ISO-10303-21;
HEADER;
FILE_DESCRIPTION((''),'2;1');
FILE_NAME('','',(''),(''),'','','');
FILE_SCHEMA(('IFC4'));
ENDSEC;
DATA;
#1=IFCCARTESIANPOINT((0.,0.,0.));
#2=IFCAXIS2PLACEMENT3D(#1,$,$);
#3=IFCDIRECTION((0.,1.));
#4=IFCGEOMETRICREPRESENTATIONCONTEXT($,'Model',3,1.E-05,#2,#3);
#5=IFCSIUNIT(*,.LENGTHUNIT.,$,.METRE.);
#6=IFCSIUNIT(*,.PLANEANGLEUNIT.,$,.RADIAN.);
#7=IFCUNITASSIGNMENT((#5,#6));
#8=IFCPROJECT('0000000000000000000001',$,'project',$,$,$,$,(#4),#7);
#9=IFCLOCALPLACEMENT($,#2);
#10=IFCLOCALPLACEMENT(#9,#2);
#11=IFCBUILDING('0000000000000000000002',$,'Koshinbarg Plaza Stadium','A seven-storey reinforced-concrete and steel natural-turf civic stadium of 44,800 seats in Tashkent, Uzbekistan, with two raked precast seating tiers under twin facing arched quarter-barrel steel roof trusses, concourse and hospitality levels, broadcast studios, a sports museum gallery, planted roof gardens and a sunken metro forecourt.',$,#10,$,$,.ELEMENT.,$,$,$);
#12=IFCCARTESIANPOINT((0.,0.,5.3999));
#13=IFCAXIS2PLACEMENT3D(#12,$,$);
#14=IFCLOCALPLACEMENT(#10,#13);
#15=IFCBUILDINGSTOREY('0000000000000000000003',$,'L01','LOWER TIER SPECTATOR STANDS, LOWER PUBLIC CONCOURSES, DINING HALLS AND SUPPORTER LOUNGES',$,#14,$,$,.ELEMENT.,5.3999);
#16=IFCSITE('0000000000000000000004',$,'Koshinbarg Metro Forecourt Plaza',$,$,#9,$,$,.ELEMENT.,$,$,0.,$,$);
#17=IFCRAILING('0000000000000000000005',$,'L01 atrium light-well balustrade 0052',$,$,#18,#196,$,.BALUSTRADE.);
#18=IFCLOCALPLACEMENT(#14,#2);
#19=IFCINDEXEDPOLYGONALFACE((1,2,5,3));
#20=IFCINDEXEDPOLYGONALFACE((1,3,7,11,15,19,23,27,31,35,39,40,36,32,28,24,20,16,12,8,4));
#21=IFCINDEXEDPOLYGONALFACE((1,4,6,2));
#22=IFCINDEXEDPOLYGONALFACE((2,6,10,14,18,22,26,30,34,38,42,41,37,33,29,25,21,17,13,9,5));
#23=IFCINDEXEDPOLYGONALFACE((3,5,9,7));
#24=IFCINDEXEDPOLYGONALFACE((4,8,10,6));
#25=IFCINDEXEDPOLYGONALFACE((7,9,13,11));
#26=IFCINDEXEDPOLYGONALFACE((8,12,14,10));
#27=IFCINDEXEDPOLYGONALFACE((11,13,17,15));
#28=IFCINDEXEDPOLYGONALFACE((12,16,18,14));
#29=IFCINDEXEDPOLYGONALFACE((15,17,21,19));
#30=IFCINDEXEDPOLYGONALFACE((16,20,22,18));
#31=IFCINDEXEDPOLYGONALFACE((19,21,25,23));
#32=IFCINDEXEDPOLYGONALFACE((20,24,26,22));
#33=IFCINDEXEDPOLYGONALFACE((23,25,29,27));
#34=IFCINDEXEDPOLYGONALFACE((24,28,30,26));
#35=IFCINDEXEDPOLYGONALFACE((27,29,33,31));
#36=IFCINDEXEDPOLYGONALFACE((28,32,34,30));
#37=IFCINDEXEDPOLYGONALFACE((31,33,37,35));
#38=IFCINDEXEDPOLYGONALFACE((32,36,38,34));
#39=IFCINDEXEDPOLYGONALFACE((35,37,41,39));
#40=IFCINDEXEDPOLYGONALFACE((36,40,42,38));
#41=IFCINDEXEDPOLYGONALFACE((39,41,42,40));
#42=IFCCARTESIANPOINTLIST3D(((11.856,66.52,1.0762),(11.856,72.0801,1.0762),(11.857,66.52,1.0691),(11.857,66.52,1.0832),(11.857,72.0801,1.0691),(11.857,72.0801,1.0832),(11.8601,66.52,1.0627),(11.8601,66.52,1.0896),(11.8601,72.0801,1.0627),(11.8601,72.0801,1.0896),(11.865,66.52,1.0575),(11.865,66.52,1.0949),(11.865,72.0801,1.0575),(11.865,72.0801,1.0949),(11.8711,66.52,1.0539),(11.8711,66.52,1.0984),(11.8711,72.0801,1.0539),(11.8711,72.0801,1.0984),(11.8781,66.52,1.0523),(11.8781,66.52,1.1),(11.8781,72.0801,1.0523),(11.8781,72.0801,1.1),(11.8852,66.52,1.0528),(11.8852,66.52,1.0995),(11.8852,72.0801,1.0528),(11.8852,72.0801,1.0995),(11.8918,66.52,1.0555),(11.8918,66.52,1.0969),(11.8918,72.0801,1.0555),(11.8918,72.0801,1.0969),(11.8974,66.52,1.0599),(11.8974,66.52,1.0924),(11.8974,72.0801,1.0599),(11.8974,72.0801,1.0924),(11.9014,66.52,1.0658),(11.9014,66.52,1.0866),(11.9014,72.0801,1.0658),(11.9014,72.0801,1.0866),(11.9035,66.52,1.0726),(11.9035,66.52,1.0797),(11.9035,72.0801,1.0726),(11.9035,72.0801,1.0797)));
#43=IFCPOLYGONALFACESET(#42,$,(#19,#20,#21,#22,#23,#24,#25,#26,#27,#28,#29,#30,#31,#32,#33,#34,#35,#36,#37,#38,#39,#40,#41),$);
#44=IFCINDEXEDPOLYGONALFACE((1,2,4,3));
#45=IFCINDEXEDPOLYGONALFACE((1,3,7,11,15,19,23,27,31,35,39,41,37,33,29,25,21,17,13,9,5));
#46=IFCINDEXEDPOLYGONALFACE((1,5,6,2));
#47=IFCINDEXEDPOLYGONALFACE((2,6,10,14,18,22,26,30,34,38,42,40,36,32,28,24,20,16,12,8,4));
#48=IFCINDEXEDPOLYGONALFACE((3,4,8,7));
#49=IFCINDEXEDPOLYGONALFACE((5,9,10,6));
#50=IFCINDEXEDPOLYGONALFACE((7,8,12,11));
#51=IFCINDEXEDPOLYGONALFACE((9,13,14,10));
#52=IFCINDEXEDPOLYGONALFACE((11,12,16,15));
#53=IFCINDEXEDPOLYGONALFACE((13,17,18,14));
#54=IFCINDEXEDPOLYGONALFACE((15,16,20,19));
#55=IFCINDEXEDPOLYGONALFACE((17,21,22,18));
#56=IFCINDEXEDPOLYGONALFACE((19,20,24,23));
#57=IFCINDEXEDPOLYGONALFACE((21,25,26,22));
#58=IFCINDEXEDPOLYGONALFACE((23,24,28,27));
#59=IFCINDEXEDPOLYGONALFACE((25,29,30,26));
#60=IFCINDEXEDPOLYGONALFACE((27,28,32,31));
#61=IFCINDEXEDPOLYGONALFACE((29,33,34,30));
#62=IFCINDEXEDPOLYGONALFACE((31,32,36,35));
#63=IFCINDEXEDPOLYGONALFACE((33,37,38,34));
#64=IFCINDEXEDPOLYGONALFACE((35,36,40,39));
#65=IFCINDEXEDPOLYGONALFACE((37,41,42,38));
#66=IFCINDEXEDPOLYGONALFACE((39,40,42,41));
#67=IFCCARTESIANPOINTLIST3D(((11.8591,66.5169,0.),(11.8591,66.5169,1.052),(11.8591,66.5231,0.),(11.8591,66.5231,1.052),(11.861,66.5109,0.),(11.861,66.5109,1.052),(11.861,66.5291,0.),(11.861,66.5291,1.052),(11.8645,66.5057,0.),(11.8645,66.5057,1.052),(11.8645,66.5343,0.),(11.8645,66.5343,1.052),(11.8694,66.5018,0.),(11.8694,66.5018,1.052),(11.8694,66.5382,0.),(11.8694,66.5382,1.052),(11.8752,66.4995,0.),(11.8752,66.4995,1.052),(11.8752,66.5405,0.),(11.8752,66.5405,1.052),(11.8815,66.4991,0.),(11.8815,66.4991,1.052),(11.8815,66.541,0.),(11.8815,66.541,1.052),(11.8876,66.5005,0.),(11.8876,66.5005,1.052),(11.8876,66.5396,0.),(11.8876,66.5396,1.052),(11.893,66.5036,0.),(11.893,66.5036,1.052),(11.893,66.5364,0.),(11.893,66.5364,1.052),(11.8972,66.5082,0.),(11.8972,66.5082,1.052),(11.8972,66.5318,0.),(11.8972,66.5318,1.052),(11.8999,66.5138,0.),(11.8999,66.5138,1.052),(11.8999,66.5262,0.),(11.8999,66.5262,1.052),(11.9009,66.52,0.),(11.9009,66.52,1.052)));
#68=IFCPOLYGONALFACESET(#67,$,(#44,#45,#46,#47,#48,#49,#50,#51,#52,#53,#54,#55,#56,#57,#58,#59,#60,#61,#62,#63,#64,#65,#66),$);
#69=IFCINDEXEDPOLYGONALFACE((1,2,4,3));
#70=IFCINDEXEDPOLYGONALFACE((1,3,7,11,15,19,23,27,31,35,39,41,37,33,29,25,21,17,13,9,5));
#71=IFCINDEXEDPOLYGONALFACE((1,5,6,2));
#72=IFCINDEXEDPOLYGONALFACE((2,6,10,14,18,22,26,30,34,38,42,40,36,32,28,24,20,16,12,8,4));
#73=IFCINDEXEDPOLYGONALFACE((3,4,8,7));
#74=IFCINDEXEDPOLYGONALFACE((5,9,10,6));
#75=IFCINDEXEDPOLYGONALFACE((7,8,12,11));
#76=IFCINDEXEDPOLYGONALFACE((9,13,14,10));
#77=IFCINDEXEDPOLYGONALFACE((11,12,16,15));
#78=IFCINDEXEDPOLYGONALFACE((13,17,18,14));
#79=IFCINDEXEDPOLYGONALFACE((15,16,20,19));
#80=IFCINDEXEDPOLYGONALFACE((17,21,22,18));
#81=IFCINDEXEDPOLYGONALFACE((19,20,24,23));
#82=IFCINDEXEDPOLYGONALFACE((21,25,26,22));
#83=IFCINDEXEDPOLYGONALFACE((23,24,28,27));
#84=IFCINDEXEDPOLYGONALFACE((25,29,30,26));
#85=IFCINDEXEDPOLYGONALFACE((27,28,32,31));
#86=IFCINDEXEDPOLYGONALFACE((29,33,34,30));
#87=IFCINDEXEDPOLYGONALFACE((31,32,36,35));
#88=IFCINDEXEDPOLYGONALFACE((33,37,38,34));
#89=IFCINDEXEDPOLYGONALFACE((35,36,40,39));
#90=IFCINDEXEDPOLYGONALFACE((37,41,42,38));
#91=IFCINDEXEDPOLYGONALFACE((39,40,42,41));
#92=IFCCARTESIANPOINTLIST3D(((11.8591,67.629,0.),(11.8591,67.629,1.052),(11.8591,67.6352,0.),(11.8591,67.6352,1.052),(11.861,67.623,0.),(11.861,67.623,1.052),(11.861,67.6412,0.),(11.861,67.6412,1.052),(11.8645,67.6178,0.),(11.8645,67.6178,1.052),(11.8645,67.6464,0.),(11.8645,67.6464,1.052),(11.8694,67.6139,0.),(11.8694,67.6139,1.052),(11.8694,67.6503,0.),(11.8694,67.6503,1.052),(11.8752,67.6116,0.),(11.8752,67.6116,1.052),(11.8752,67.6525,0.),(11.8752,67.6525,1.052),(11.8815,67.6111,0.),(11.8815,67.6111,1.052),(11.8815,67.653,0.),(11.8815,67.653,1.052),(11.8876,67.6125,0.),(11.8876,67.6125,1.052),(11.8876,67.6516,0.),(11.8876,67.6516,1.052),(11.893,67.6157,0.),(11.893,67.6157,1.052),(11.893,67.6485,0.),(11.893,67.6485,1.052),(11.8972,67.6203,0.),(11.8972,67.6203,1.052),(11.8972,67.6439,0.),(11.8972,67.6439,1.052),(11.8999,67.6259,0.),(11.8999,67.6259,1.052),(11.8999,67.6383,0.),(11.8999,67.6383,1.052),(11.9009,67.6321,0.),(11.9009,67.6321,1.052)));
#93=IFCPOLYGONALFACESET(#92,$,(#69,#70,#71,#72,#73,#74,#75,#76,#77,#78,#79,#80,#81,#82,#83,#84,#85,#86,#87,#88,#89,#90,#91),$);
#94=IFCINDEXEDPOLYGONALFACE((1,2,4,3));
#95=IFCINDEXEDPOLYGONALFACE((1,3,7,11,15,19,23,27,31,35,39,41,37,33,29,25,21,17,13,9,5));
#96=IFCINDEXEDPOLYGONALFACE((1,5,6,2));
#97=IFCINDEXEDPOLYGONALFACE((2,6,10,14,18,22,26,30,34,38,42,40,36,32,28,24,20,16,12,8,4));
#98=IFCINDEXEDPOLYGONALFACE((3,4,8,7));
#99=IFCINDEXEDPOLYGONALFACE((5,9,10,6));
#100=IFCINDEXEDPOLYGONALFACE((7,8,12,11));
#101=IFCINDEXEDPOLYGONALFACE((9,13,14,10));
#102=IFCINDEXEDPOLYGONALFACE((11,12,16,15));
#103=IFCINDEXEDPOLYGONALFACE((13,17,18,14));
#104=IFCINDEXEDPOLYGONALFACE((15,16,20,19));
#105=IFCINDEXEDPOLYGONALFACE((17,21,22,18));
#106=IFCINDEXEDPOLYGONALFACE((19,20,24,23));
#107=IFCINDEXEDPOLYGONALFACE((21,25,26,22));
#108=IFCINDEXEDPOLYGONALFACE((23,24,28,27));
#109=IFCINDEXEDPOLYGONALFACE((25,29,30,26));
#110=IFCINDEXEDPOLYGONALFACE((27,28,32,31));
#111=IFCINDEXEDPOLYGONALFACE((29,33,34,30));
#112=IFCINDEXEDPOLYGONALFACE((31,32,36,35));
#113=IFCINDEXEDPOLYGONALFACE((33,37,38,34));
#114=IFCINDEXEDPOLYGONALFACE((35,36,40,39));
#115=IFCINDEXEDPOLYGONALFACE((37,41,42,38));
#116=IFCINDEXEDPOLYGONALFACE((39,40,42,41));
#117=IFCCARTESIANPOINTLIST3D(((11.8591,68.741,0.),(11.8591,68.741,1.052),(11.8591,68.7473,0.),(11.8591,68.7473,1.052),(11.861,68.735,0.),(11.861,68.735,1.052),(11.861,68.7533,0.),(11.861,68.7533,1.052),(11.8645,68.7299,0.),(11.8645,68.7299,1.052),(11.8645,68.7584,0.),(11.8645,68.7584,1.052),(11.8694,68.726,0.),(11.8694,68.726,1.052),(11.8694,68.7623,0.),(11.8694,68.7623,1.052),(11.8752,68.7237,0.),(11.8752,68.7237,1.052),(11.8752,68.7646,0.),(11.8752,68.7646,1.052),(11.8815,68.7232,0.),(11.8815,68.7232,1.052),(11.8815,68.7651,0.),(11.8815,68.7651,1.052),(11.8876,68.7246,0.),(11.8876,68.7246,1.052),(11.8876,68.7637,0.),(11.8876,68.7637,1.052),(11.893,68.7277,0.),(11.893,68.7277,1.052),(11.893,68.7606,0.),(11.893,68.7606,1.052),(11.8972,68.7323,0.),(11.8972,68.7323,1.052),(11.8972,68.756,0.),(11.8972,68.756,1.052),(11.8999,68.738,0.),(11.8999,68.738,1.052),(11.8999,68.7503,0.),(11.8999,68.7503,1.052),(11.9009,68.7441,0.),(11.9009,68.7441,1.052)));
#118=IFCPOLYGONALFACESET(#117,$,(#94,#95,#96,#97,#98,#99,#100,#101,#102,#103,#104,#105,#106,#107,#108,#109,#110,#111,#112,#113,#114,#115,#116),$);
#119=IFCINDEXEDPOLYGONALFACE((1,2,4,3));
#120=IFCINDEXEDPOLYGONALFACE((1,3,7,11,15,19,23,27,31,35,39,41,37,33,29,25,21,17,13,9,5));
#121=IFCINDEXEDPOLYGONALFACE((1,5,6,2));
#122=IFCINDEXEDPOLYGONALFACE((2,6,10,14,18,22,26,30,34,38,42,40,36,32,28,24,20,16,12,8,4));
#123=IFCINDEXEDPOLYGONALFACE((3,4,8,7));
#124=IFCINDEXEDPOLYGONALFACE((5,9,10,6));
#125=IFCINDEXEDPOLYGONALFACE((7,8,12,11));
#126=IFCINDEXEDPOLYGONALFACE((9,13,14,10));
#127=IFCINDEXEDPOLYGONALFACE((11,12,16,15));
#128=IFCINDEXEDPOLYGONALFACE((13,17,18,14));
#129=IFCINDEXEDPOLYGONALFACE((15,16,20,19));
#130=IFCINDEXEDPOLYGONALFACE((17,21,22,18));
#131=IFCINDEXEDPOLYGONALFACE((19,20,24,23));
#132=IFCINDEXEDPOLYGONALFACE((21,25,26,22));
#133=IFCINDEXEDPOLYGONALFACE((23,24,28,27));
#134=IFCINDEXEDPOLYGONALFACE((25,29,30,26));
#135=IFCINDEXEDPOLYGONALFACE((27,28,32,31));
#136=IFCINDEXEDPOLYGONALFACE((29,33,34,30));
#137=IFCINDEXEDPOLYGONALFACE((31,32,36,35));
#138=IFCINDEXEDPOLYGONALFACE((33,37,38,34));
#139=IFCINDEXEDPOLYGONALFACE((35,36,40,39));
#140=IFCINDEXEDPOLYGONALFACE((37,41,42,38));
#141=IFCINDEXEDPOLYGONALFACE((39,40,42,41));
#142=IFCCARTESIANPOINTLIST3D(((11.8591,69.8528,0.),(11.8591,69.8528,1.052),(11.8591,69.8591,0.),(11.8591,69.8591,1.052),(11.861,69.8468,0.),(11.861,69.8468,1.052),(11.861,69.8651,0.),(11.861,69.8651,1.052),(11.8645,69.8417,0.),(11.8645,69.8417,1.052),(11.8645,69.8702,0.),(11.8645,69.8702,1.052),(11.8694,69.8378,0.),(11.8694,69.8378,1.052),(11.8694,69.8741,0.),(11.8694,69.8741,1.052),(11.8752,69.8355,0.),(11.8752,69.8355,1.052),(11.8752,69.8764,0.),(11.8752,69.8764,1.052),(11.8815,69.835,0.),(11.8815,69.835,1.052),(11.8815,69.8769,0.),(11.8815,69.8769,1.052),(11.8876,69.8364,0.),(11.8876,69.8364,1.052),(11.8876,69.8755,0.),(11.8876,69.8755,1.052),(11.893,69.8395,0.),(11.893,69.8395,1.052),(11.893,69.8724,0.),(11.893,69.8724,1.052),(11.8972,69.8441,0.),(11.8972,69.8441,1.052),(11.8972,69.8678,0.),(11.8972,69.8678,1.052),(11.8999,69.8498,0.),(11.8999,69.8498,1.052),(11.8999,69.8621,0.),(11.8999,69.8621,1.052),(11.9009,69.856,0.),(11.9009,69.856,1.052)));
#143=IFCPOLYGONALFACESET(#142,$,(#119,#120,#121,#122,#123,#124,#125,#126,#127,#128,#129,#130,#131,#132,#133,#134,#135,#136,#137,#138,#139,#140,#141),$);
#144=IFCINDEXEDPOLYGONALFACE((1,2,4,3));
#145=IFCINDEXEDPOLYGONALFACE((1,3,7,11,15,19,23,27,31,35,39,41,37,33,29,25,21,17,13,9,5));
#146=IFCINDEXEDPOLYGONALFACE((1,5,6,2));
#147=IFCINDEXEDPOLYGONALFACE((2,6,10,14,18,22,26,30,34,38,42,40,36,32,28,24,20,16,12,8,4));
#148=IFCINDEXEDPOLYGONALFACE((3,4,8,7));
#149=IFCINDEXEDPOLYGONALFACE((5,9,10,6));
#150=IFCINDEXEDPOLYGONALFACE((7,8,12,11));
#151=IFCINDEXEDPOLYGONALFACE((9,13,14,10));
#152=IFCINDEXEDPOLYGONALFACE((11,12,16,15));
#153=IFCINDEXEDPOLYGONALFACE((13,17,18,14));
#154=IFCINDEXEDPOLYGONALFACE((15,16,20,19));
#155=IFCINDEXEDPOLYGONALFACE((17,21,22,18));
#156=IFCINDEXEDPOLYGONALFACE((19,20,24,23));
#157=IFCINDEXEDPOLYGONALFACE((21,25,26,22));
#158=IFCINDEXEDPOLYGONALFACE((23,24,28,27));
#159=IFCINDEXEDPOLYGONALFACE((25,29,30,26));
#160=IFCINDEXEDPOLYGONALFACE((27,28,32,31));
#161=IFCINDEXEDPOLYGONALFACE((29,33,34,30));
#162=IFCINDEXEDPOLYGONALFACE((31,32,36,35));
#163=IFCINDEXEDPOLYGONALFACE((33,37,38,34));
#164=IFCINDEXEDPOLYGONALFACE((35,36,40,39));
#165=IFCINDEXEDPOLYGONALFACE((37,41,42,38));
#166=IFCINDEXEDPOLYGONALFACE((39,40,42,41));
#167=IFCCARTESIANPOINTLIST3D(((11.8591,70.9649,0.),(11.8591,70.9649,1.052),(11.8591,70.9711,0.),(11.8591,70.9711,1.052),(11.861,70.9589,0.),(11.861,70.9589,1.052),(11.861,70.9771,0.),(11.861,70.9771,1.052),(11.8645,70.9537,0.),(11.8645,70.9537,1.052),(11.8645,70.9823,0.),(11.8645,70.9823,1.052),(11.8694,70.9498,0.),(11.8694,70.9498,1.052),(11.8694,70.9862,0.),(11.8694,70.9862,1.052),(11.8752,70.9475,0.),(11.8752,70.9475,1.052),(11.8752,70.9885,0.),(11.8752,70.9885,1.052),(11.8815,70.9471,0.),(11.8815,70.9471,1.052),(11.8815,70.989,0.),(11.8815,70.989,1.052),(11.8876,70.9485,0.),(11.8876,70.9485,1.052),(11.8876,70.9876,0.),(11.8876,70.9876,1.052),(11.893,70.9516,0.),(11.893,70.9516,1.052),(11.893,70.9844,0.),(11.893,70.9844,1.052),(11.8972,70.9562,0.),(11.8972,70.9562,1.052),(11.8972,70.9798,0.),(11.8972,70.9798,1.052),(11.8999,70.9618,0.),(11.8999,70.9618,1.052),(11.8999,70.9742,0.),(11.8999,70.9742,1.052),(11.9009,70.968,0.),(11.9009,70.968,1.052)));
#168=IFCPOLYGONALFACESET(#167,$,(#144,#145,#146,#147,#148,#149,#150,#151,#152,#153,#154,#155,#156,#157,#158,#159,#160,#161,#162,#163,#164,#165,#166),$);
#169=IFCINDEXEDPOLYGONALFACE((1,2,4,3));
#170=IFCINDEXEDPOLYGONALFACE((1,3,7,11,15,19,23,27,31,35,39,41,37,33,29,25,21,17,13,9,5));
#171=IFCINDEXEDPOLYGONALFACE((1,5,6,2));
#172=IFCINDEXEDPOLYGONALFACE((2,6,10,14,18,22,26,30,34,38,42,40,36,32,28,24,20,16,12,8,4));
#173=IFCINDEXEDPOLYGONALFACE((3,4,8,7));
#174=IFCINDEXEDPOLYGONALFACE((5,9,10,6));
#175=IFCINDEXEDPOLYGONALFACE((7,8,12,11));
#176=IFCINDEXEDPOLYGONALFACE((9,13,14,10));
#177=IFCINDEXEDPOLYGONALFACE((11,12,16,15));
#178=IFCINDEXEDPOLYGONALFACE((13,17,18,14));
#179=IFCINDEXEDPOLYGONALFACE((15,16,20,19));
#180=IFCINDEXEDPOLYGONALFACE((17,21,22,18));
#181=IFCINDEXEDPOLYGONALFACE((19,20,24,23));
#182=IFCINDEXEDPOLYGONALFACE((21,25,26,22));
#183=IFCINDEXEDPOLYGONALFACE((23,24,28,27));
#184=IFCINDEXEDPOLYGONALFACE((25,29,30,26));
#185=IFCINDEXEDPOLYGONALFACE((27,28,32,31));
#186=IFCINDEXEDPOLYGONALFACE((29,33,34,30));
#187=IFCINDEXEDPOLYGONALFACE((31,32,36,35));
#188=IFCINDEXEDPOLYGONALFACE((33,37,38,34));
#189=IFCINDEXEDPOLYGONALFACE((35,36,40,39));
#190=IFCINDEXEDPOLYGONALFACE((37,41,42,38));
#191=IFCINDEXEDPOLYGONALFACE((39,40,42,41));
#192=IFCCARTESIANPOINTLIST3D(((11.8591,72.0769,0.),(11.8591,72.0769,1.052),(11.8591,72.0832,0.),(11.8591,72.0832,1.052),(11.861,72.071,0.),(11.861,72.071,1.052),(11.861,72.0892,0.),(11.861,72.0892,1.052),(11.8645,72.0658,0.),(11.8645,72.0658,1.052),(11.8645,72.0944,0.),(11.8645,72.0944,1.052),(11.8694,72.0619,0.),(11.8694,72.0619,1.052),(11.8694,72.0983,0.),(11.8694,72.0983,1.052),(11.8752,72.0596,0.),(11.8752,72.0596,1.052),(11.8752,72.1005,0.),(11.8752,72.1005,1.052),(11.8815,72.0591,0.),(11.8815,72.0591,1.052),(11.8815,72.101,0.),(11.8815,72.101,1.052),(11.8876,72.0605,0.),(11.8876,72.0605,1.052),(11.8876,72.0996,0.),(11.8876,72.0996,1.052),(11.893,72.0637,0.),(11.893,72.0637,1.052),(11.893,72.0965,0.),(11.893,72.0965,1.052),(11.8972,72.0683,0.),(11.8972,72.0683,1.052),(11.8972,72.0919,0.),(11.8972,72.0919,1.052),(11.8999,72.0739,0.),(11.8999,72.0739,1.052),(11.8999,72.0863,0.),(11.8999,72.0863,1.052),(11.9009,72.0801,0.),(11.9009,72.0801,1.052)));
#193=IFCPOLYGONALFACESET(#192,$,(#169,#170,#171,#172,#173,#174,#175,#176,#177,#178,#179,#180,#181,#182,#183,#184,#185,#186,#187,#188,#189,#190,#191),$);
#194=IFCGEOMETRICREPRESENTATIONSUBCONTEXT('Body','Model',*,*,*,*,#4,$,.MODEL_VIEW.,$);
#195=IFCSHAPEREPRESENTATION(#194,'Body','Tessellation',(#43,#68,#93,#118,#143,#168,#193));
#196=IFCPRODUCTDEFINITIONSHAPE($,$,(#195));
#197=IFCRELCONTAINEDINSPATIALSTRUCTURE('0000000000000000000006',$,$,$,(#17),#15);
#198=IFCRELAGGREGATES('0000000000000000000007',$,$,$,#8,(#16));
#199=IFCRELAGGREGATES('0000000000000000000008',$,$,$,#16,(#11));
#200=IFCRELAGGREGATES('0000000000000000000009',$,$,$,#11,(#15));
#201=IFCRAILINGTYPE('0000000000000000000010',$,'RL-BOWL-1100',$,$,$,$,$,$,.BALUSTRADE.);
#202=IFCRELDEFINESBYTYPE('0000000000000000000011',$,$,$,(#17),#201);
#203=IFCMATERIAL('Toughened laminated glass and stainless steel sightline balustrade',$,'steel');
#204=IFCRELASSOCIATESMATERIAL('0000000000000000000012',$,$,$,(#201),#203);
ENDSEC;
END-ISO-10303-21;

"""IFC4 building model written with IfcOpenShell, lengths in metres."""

from ifc_helpers import new_model, si_unit, direction, frame, origin, origin_2d, place, context, subcontext, project, spatial, circle, extrude, material, type_object, element, save


model = new_model("IFC4")

# Units and contexts
model_context = context("Model", 3, precision=1e-05, world=origin(), true_north=direction((0.0, 1.0)))
body_context = subcontext(model_context, "Body", "Model", "MODEL_VIEW")
ifc_project = project(units=[si_unit("LENGTHUNIT", "METRE"), si_unit("PLANEANGLEUNIT", "RADIAN")], contexts=[model_context])

# Site, building, storey
site_placement = place(None, origin())
site = spatial("IfcSite", under=ifc_project, at=site_placement, Name="Koshinbarg Metro Forecourt Plaza", CompositionType="ELEMENT", RefElevation=0.0)
building_placement = place(site_placement, origin())
building = spatial("IfcBuilding", under=site, at=building_placement, Name="Koshinbarg Plaza Stadium", Description="A seven-storey reinforced-concrete and steel natural-turf civic stadium of 44,800 seats in Tashkent, Uzbekistan, with two raked precast seating tiers under twin facing arched quarter-barrel steel roof trusses, concourse and hospitality levels, broadcast studios, a sports museum gallery, planted roof gardens and a sunken metro forecourt.", CompositionType="ELEMENT")
storey_placement = place(building_placement, frame((0.0, 0.0, 5.3999)))
storey = spatial("IfcBuildingStorey", under=building, at=storey_placement, Name="L01", Description="LOWER TIER SPECTATOR STANDS, LOWER PUBLIC CONCOURSES, DINING HALLS AND SUPPORTER LOUNGES", CompositionType="ELEMENT", Elevation=5.3999)

# Railing
ifc_material_1 = material(Name="Toughened laminated glass and stainless steel sightline balustrade", Category="steel")
railing_type = type_object("IfcRailingType", Name="RL-BOWL-1100", PredefinedType="BALUSTRADE", material=ifc_material_1)
railing_1_placement = place(storey_placement, frame((11.8799, 66.52, 0.0)))
element("IfcRailing", 1, at=railing_1_placement, inside=storey, type_object=railing_type, Name="L01 atrium light-well balustrade 0052", PredefinedType="BALUSTRADE", context=body_context, shape_type="SweptSolid", body=[
    extrude(circle(Radius=0.0239, at=origin_2d()), frame((0.0, 0.0, 1.0762), z_axis=(0.0, 1.0, 0.0), x_axis=(-1.0, 0.0, 0.0)), (0.0, 0.0, 1.0), 5.5601),
    extrude(circle(Radius=0.021, at=origin_2d()), origin(), (0.0, 0.0, 1.0), 1.052),
    extrude(circle(Radius=0.021, at=origin_2d()), frame((0.0, 1.1121, 0.0)), (0.0, 0.0, 1.0), 1.052),
    extrude(circle(Radius=0.021, at=origin_2d()), frame((0.0, 2.2241, 0.0)), (0.0, 0.0, 1.0), 1.052),
    extrude(circle(Radius=0.021, at=origin_2d()), frame((0.0, 3.3359, 0.0)), (0.0, 0.0, 1.0), 1.052),
    extrude(circle(Radius=0.021, at=origin_2d()), frame((0.0, 4.448, 0.0)), (0.0, 0.0, 1.0), 1.052),
    extrude(circle(Radius=0.021, at=origin_2d()), frame((0.0, 5.5601, 0.0)), (0.0, 0.0, 1.0), 1.052),
])

save(model, "model.ifc")
